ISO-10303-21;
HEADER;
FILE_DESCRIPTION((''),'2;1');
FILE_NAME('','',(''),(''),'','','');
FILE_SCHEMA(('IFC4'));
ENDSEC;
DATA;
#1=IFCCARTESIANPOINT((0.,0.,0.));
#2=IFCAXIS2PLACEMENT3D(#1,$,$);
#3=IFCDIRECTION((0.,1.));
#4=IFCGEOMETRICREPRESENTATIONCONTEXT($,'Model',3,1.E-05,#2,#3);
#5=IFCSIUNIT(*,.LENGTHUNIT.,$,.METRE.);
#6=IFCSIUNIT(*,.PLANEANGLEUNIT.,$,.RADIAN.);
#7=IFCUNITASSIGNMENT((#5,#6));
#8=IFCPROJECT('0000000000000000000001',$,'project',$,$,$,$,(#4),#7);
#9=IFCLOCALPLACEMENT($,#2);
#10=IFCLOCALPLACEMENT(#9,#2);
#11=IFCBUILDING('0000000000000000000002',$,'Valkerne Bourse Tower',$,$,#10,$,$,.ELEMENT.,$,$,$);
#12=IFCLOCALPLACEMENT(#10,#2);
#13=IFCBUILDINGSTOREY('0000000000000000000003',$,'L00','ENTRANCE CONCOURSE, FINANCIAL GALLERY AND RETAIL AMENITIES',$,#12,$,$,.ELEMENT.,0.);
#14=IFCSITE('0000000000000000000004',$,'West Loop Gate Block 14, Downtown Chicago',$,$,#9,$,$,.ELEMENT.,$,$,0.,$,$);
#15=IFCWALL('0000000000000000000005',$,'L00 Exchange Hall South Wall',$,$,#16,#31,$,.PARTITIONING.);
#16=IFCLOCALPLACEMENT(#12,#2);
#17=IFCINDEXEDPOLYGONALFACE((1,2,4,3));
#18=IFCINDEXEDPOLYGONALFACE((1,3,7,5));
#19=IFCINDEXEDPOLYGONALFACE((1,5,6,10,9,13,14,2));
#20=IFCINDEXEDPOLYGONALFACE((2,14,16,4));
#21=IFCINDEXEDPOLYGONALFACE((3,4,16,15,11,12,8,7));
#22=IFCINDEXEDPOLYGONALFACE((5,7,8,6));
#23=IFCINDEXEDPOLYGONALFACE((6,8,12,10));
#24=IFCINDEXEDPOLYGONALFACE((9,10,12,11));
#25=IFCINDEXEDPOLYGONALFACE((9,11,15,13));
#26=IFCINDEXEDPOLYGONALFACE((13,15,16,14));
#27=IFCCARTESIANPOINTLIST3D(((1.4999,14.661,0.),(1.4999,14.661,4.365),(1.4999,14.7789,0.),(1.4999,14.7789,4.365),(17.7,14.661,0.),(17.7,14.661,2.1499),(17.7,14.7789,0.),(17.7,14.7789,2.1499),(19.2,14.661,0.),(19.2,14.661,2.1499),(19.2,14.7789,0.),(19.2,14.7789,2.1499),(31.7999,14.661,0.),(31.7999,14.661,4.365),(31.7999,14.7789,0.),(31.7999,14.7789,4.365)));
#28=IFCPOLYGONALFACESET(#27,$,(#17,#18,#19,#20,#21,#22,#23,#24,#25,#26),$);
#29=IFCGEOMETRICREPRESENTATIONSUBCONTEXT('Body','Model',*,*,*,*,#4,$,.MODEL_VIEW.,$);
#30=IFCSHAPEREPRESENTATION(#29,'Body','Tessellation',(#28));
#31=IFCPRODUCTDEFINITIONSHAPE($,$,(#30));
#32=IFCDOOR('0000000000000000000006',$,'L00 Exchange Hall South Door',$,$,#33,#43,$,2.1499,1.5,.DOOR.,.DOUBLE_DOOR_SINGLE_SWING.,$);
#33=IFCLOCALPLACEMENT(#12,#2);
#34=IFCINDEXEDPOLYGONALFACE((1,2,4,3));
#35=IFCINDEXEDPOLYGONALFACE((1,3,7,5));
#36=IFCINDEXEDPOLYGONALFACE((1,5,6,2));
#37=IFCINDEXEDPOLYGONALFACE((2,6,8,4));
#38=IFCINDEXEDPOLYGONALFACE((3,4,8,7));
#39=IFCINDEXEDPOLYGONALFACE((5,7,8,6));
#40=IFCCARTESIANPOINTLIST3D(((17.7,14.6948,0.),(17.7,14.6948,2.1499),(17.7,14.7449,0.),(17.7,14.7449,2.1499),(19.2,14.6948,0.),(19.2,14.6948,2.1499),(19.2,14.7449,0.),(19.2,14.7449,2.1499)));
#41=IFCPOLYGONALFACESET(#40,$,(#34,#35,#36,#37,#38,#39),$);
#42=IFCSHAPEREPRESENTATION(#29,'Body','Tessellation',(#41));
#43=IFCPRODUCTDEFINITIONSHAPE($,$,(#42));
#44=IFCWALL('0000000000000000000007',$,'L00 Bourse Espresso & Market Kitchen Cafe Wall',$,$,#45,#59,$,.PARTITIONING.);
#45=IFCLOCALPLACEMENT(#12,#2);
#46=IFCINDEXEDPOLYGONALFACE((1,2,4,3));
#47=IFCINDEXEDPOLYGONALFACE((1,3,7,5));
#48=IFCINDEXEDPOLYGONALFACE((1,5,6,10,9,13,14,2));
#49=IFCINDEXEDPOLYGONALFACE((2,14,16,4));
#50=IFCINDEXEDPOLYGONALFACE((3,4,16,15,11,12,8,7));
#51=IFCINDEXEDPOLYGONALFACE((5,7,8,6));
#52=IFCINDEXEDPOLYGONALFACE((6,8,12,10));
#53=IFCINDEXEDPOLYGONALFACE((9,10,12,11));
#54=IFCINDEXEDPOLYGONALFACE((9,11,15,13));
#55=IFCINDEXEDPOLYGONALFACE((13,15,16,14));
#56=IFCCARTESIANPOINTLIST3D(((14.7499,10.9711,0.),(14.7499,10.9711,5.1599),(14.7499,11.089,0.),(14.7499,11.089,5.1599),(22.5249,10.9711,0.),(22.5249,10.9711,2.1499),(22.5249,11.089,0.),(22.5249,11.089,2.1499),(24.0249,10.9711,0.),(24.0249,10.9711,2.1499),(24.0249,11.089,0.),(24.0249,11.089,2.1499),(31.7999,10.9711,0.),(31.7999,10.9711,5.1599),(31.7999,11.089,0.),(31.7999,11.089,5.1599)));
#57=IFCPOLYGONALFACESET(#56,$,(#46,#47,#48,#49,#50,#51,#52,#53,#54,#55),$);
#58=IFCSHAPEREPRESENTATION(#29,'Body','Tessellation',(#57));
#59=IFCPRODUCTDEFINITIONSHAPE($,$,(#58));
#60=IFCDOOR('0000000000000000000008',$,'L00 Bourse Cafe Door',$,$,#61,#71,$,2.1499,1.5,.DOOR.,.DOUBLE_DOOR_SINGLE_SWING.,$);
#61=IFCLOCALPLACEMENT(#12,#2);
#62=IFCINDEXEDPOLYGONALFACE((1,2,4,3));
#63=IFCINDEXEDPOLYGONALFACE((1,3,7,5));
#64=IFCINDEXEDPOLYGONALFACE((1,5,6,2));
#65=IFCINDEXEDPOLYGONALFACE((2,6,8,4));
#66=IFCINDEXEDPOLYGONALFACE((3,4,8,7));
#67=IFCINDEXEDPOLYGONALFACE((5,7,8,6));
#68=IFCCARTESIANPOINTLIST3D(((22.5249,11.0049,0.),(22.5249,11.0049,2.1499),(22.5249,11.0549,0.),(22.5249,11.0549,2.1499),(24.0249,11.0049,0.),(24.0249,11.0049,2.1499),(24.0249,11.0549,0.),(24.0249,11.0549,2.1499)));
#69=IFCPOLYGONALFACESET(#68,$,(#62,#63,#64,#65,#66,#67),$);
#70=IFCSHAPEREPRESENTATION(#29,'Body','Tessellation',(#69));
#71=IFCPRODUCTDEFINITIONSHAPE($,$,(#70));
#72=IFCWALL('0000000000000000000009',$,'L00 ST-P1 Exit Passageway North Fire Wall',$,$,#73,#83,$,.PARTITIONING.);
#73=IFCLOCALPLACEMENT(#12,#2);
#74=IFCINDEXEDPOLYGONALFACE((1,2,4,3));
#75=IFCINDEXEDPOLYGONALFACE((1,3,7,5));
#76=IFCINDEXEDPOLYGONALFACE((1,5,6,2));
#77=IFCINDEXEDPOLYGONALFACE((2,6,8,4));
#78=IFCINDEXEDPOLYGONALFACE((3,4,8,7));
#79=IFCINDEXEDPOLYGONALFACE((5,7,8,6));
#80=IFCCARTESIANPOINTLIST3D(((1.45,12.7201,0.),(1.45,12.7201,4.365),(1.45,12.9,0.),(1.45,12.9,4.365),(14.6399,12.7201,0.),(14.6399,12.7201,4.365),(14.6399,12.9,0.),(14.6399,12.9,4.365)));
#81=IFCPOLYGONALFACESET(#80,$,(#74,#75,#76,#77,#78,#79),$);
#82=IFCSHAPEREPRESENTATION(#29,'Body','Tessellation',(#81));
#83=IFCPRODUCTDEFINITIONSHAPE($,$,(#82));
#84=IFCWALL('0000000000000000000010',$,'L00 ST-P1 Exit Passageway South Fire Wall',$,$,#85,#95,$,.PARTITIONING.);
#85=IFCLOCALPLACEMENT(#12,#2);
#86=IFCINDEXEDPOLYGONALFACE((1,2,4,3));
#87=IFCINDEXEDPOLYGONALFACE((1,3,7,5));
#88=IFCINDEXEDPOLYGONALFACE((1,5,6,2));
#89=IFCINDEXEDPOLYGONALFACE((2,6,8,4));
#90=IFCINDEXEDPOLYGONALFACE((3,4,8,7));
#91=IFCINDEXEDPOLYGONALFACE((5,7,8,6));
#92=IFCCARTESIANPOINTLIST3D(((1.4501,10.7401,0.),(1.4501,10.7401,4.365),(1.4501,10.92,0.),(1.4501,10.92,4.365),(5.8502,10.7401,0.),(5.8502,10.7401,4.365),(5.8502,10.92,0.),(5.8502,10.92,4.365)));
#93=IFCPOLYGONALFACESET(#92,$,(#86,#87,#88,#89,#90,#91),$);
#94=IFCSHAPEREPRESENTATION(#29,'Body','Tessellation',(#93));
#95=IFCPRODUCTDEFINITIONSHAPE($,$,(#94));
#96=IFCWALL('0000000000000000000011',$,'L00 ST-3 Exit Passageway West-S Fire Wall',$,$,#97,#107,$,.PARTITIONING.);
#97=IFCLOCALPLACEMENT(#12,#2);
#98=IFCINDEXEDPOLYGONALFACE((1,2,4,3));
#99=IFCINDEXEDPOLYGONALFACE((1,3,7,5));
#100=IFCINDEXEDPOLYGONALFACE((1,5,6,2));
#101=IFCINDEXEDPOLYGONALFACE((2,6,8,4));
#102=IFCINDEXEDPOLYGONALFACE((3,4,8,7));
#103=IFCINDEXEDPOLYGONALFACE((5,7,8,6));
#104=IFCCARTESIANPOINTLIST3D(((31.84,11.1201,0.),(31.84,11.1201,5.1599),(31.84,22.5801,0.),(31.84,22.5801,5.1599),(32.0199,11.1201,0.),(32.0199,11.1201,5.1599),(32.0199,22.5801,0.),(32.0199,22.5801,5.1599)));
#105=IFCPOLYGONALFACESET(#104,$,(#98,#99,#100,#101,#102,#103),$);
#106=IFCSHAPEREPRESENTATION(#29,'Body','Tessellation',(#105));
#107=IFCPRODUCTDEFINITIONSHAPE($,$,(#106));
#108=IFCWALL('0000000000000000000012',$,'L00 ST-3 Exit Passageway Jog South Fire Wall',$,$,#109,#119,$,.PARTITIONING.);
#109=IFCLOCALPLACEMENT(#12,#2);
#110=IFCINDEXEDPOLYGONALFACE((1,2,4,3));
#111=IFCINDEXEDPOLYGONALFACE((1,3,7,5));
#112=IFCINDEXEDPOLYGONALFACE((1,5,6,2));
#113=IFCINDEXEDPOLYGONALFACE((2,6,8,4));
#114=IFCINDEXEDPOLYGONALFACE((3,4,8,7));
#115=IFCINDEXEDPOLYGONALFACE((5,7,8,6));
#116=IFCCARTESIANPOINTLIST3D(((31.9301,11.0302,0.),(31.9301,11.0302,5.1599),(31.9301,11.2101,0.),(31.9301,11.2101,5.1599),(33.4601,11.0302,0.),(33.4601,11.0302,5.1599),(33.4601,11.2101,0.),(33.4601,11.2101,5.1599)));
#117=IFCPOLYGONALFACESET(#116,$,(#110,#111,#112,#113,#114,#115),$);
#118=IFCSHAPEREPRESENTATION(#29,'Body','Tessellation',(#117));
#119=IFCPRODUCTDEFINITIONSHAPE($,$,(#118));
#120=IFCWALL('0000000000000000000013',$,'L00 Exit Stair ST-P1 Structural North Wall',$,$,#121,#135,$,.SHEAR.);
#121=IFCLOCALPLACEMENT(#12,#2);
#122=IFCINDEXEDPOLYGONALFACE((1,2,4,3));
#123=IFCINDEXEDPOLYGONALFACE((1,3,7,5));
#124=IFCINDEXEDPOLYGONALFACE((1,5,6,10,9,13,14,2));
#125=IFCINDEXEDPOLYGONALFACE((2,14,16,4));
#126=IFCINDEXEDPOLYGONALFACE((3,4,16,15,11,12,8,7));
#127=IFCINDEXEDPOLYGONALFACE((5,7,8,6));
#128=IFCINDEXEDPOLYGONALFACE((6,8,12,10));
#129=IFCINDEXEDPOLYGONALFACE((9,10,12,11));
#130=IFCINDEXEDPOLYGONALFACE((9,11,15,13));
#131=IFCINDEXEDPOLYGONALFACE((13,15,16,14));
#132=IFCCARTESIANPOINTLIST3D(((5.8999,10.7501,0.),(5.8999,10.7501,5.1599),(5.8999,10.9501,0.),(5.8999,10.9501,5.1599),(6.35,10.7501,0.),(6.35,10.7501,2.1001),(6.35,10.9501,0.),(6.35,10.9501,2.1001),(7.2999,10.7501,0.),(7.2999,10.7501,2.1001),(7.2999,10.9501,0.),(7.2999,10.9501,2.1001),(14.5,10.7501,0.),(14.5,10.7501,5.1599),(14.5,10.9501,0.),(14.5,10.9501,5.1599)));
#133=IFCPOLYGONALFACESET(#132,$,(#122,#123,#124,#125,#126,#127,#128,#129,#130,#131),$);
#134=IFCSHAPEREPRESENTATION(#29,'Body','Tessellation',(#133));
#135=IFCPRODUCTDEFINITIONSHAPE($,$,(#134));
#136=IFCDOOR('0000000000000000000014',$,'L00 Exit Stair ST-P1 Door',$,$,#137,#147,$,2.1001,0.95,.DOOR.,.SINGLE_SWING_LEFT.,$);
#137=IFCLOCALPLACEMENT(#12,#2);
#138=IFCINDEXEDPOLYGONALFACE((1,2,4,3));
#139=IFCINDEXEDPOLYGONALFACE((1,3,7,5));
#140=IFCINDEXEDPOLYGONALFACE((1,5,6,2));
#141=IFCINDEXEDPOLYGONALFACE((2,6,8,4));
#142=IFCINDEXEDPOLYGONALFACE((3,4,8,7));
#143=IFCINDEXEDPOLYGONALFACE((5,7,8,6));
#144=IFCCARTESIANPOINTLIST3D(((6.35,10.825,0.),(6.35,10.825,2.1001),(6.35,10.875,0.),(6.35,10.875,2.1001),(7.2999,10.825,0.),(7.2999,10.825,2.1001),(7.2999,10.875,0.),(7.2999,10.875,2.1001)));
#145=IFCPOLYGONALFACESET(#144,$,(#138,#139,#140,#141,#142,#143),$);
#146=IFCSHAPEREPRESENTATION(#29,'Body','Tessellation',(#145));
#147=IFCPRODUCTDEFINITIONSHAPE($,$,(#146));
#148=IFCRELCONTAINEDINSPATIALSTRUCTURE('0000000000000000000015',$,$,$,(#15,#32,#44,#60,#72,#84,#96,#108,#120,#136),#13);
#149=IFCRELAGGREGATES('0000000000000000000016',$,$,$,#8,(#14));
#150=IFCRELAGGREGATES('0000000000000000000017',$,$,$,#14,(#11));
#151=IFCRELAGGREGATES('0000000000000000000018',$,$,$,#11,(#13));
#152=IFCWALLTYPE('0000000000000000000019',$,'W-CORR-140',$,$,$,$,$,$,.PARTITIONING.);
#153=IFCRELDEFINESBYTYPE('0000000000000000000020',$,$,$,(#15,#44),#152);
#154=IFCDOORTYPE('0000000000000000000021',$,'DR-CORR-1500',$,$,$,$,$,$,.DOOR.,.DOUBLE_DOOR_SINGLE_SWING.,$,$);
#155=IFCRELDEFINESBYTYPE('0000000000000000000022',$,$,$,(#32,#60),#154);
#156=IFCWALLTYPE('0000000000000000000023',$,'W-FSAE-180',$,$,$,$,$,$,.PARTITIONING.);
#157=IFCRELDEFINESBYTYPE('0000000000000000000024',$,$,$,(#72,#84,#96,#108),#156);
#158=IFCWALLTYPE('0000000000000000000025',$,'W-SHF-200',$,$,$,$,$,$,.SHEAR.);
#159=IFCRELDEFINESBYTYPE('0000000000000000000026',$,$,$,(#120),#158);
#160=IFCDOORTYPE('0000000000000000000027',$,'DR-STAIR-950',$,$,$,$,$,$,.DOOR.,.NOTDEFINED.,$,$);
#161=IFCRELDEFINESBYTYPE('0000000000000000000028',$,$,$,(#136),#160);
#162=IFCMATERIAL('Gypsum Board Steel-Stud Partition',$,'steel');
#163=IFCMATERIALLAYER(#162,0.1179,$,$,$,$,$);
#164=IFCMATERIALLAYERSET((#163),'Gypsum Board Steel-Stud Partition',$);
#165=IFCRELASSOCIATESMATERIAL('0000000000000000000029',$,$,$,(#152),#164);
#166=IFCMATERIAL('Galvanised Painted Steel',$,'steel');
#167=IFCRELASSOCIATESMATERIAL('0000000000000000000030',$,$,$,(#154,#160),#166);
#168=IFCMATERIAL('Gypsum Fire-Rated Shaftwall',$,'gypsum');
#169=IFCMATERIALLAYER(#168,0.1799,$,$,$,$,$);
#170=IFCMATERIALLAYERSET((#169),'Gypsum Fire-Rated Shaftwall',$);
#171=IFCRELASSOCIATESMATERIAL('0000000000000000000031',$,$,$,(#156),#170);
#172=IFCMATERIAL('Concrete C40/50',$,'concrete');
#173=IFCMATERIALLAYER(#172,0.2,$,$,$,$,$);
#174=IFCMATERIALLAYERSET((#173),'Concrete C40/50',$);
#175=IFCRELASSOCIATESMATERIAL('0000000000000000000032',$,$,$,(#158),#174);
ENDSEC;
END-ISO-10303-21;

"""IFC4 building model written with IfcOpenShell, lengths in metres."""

from ifc_helpers import new_model, si_unit, direction, frame, frame_2d, origin, place, context, subcontext, project, spatial, rectangle, extrude, material, layer, layer_set, type_object, element, fill, save


model = new_model("IFC4")

# Units and contexts
model_context = context("Model", 3, precision=1e-05, world=origin(), true_north=direction((0.0, 1.0)))
body_context = subcontext(model_context, "Body", "Model", "MODEL_VIEW")
ifc_project = project(units=[si_unit("LENGTHUNIT", "METRE"), si_unit("PLANEANGLEUNIT", "RADIAN")], contexts=[model_context])

# Site, building, storey
site_placement = place(None, origin())
site = spatial("IfcSite", under=ifc_project, at=site_placement, Name="West Loop Gate Block 14, Downtown Chicago", CompositionType="ELEMENT", RefElevation=0.0)
building_placement = place(site_placement, origin())
building = spatial("IfcBuilding", under=site, at=building_placement, Name="Valkerne Bourse Tower", CompositionType="ELEMENT")
storey_placement = place(building_placement, origin())
storey = spatial("IfcBuildingStorey", under=building, at=storey_placement, Name="L00", Description="ENTRANCE CONCOURSE, FINANCIAL GALLERY AND RETAIL AMENITIES", CompositionType="ELEMENT", Elevation=0.0)

# Walls, openings, doors
ifc_material_1 = material(Name="Gypsum Board Steel-Stud Partition", Category="steel")
ifc_layer_1 = layer(ifc_material_1, 0.1179)
ifc_layer_set_1 = layer_set([ifc_layer_1], Name="Gypsum Board Steel-Stud Partition")
wall_type_1 = type_object("IfcWallType", Name="W-CORR-140", PredefinedType="PARTITIONING", material=ifc_layer_set_1)
wall_1_placement = place(storey_placement, frame((1.5, 14.72, 0.0), z_axis=(0.0, 0.0, 1.0), x_axis=(1.0, 0.0, 0.0)))
wall_1 = element("IfcWall", 1, at=wall_1_placement, inside=storey, type_object=wall_type_1, Name="L00 Exchange Hall South Wall", PredefinedType="PARTITIONING", context=body_context, shape_type="SweptSolid", body=[
    extrude(rectangle(XDim=30.3, YDim=0.1179, at=frame_2d((15.1499, 0.0))), origin(), (0.0, 0.0, 1.0), 4.365),
])
opening_1_placement = place(wall_1_placement, frame((16.2, 0.0, 0.0)))
opening_1 = element("IfcOpeningElement", 2, at=opening_1_placement, cuts=wall_1, PredefinedType="OPENING", context=body_context, shape_type="SweptSolid", body=[
    extrude(rectangle(XDim=1.5, YDim=2.1499, at=frame_2d((0.75, 1.075))), frame((0.0, 0.0688, 0.0), z_axis=(0.0, -1.0, 0.0), x_axis=(1.0, 0.0, 0.0)), (0.0, 0.0, 1.0), 0.1379),
])
ifc_material_2 = material(Name="Galvanised Painted Steel", Category="steel")
door_type_1 = type_object("IfcDoorType", Name="DR-CORR-1500", OperationType="DOUBLE_DOOR_SINGLE_SWING", PredefinedType="DOOR", material=ifc_material_2)
door_1_placement = place(opening_1_placement, origin())
door_1 = element("IfcDoor", 3, at=door_1_placement, inside=storey, type_object=door_type_1, Name="L00 Exchange Hall South Door", OperationType="DOUBLE_DOOR_SINGLE_SWING", OverallHeight=2.1499, OverallWidth=1.5, PredefinedType="DOOR", context=body_context, shape_type="SweptSolid", body=[
    extrude(rectangle(XDim=1.5, YDim=2.1499, at=frame_2d((0.75, 1.075))), frame((0.0, 0.0249, 0.0), z_axis=(0.0, -1.0, 0.0), x_axis=(1.0, 0.0, 0.0)), (0.0, 0.0, 1.0), 0.05),
])
fill(opening_1, door_1)
wall_2_placement = place(storey_placement, frame((14.75, 11.03, 0.0), z_axis=(0.0, 0.0, 1.0), x_axis=(1.0, 0.0, 0.0)))
wall_2 = element("IfcWall", 4, at=wall_2_placement, inside=storey, type_object=wall_type_1, Name="L00 Bourse Espresso & Market Kitchen Cafe Wall", PredefinedType="PARTITIONING", context=body_context, shape_type="SweptSolid", body=[
    extrude(rectangle(XDim=17.05, YDim=0.1179, at=frame_2d((8.5249, 0.0))), origin(), (0.0, 0.0, 1.0), 5.1599),
])
opening_2_placement = place(wall_2_placement, frame((7.7749, 0.0, 0.0)))
opening_2 = element("IfcOpeningElement", 5, at=opening_2_placement, cuts=wall_2, PredefinedType="OPENING", context=body_context, shape_type="SweptSolid", body=[
    extrude(rectangle(XDim=1.5, YDim=2.1499, at=frame_2d((0.75, 1.075))), frame((0.0, 0.0688, 0.0), z_axis=(0.0, -1.0, 0.0), x_axis=(1.0, 0.0, 0.0)), (0.0, 0.0, 1.0), 0.1379),
])
door_2_placement = place(opening_2_placement, origin())
door_2 = element("IfcDoor", 6, at=door_2_placement, inside=storey, type_object=door_type_1, Name="L00 Bourse Cafe Door", OperationType="DOUBLE_DOOR_SINGLE_SWING", OverallHeight=2.1499, OverallWidth=1.5, PredefinedType="DOOR", context=body_context, shape_type="SweptSolid", body=[
    extrude(rectangle(XDim=1.5, YDim=2.1499, at=frame_2d((0.75, 1.075))), frame((0.0, 0.0249, 0.0), z_axis=(0.0, -1.0, 0.0), x_axis=(1.0, 0.0, 0.0)), (0.0, 0.0, 1.0), 0.05),
])
fill(opening_2, door_2)

# Walls
ifc_material_3 = material(Name="Gypsum Fire-Rated Shaftwall", Category="gypsum")
ifc_layer_2 = layer(ifc_material_3, 0.1799)
ifc_layer_set_2 = layer_set([ifc_layer_2], Name="Gypsum Fire-Rated Shaftwall")
wall_type_2 = type_object("IfcWallType", Name="W-FSAE-180", PredefinedType="PARTITIONING", material=ifc_layer_set_2)
wall_3_placement = place(storey_placement, frame((1.45, 12.8101, 0.0), z_axis=(0.0, 0.0, 1.0), x_axis=(1.0, 0.0, 0.0)))
element("IfcWall", 7, at=wall_3_placement, inside=storey, type_object=wall_type_2, Name="L00 ST-P1 Exit Passageway North Fire Wall", PredefinedType="PARTITIONING", context=body_context, shape_type="SweptSolid", body=[
    extrude(rectangle(XDim=13.1899, YDim=0.1799, at=frame_2d((6.595, 0.0))), origin(), (0.0, 0.0, 1.0), 4.365),
])
wall_4_placement = place(storey_placement, frame((1.45, 10.8301, 0.0), z_axis=(0.0, 0.0, 1.0), x_axis=(1.0, 0.0, 0.0)))
element("IfcWall", 8, at=wall_4_placement, inside=storey, type_object=wall_type_2, Name="L00 ST-P1 Exit Passageway South Fire Wall", PredefinedType="PARTITIONING", context=body_context, shape_type="SweptSolid", body=[
    extrude(rectangle(XDim=4.4001, YDim=0.1799, at=frame_2d((2.2002, 0.0))), origin(), (0.0, 0.0, 1.0), 4.365),
])
wall_5_placement = place(storey_placement, frame((31.9299, 11.1201, 0.0), z_axis=(0.0, 0.0, 1.0), x_axis=(0.0, 1.0, 0.0)))
element("IfcWall", 9, at=wall_5_placement, inside=storey, type_object=wall_type_2, Name="L00 ST-3 Exit Passageway West-S Fire Wall", PredefinedType="PARTITIONING", context=body_context, shape_type="SweptSolid", body=[
    extrude(rectangle(XDim=11.46, YDim=0.1799, at=frame_2d((5.73, 0.0))), origin(), (0.0, 0.0, 1.0), 5.1599),
])
wall_6_placement = place(storey_placement, frame((31.9299, 11.1201, 0.0), z_axis=(0.0, 0.0, 1.0), x_axis=(1.0, 0.0, 0.0)))
element("IfcWall", 10, at=wall_6_placement, inside=storey, type_object=wall_type_2, Name="L00 ST-3 Exit Passageway Jog South Fire Wall", PredefinedType="PARTITIONING", context=body_context, shape_type="SweptSolid", body=[
    extrude(rectangle(XDim=1.53, YDim=0.1799, at=frame_2d((0.7651, 0.0))), origin(), (0.0, 0.0, 1.0), 5.1599),
])

# Wall, opening, door
ifc_material_4 = material(Name="Concrete C40/50", Category="concrete")
ifc_layer_3 = layer(ifc_material_4, 0.2)
ifc_layer_set_3 = layer_set([ifc_layer_3], Name="Concrete C40/50")
wall_type_3 = type_object("IfcWallType", Name="W-SHF-200", PredefinedType="SHEAR", material=ifc_layer_set_3)
wall_7_placement = place(storey_placement, frame((5.8999, 10.8501, 0.0), z_axis=(0.0, 0.0, 1.0), x_axis=(1.0, 0.0, 0.0)))
wall_7 = element("IfcWall", 11, at=wall_7_placement, inside=storey, type_object=wall_type_3, Name="L00 Exit Stair ST-P1 Structural North Wall", PredefinedType="SHEAR", context=body_context, shape_type="SweptSolid", body=[
    extrude(rectangle(XDim=8.6001, YDim=0.2, at=frame_2d((4.3, 0.0))), origin(), (0.0, 0.0, 1.0), 5.1599),
])
opening_3_placement = place(wall_7_placement, frame((0.45, 0.0, 0.0)))
opening_3 = element("IfcOpeningElement", 12, at=opening_3_placement, cuts=wall_7, PredefinedType="OPENING", context=body_context, shape_type="SweptSolid", body=[
    extrude(rectangle(XDim=0.95, YDim=2.1001, at=frame_2d((0.4751, 1.05))), frame((0.0, 0.1099, 0.0), z_axis=(0.0, -1.0, 0.0), x_axis=(1.0, 0.0, 0.0)), (0.0, 0.0, 1.0), 0.22),
])
door_type_2 = type_object("IfcDoorType", Name="DR-STAIR-950", OperationType="NOTDEFINED", PredefinedType="DOOR", material=ifc_material_2)
door_3_placement = place(opening_3_placement, origin())
door_3 = element("IfcDoor", 13, at=door_3_placement, inside=storey, type_object=door_type_2, Name="L00 Exit Stair ST-P1 Door", OperationType="SINGLE_SWING_LEFT", OverallHeight=2.1001, OverallWidth=0.95, PredefinedType="DOOR", context=body_context, shape_type="SweptSolid", body=[
    extrude(rectangle(XDim=0.95, YDim=2.1001, at=frame_2d((0.4751, 1.05))), frame((0.0, 0.0249, 0.0), z_axis=(0.0, -1.0, 0.0), x_axis=(1.0, 0.0, 0.0)), (0.0, 0.0, 1.0), 0.05),
])
fill(opening_3, door_3)

save(model, "model.ifc")
